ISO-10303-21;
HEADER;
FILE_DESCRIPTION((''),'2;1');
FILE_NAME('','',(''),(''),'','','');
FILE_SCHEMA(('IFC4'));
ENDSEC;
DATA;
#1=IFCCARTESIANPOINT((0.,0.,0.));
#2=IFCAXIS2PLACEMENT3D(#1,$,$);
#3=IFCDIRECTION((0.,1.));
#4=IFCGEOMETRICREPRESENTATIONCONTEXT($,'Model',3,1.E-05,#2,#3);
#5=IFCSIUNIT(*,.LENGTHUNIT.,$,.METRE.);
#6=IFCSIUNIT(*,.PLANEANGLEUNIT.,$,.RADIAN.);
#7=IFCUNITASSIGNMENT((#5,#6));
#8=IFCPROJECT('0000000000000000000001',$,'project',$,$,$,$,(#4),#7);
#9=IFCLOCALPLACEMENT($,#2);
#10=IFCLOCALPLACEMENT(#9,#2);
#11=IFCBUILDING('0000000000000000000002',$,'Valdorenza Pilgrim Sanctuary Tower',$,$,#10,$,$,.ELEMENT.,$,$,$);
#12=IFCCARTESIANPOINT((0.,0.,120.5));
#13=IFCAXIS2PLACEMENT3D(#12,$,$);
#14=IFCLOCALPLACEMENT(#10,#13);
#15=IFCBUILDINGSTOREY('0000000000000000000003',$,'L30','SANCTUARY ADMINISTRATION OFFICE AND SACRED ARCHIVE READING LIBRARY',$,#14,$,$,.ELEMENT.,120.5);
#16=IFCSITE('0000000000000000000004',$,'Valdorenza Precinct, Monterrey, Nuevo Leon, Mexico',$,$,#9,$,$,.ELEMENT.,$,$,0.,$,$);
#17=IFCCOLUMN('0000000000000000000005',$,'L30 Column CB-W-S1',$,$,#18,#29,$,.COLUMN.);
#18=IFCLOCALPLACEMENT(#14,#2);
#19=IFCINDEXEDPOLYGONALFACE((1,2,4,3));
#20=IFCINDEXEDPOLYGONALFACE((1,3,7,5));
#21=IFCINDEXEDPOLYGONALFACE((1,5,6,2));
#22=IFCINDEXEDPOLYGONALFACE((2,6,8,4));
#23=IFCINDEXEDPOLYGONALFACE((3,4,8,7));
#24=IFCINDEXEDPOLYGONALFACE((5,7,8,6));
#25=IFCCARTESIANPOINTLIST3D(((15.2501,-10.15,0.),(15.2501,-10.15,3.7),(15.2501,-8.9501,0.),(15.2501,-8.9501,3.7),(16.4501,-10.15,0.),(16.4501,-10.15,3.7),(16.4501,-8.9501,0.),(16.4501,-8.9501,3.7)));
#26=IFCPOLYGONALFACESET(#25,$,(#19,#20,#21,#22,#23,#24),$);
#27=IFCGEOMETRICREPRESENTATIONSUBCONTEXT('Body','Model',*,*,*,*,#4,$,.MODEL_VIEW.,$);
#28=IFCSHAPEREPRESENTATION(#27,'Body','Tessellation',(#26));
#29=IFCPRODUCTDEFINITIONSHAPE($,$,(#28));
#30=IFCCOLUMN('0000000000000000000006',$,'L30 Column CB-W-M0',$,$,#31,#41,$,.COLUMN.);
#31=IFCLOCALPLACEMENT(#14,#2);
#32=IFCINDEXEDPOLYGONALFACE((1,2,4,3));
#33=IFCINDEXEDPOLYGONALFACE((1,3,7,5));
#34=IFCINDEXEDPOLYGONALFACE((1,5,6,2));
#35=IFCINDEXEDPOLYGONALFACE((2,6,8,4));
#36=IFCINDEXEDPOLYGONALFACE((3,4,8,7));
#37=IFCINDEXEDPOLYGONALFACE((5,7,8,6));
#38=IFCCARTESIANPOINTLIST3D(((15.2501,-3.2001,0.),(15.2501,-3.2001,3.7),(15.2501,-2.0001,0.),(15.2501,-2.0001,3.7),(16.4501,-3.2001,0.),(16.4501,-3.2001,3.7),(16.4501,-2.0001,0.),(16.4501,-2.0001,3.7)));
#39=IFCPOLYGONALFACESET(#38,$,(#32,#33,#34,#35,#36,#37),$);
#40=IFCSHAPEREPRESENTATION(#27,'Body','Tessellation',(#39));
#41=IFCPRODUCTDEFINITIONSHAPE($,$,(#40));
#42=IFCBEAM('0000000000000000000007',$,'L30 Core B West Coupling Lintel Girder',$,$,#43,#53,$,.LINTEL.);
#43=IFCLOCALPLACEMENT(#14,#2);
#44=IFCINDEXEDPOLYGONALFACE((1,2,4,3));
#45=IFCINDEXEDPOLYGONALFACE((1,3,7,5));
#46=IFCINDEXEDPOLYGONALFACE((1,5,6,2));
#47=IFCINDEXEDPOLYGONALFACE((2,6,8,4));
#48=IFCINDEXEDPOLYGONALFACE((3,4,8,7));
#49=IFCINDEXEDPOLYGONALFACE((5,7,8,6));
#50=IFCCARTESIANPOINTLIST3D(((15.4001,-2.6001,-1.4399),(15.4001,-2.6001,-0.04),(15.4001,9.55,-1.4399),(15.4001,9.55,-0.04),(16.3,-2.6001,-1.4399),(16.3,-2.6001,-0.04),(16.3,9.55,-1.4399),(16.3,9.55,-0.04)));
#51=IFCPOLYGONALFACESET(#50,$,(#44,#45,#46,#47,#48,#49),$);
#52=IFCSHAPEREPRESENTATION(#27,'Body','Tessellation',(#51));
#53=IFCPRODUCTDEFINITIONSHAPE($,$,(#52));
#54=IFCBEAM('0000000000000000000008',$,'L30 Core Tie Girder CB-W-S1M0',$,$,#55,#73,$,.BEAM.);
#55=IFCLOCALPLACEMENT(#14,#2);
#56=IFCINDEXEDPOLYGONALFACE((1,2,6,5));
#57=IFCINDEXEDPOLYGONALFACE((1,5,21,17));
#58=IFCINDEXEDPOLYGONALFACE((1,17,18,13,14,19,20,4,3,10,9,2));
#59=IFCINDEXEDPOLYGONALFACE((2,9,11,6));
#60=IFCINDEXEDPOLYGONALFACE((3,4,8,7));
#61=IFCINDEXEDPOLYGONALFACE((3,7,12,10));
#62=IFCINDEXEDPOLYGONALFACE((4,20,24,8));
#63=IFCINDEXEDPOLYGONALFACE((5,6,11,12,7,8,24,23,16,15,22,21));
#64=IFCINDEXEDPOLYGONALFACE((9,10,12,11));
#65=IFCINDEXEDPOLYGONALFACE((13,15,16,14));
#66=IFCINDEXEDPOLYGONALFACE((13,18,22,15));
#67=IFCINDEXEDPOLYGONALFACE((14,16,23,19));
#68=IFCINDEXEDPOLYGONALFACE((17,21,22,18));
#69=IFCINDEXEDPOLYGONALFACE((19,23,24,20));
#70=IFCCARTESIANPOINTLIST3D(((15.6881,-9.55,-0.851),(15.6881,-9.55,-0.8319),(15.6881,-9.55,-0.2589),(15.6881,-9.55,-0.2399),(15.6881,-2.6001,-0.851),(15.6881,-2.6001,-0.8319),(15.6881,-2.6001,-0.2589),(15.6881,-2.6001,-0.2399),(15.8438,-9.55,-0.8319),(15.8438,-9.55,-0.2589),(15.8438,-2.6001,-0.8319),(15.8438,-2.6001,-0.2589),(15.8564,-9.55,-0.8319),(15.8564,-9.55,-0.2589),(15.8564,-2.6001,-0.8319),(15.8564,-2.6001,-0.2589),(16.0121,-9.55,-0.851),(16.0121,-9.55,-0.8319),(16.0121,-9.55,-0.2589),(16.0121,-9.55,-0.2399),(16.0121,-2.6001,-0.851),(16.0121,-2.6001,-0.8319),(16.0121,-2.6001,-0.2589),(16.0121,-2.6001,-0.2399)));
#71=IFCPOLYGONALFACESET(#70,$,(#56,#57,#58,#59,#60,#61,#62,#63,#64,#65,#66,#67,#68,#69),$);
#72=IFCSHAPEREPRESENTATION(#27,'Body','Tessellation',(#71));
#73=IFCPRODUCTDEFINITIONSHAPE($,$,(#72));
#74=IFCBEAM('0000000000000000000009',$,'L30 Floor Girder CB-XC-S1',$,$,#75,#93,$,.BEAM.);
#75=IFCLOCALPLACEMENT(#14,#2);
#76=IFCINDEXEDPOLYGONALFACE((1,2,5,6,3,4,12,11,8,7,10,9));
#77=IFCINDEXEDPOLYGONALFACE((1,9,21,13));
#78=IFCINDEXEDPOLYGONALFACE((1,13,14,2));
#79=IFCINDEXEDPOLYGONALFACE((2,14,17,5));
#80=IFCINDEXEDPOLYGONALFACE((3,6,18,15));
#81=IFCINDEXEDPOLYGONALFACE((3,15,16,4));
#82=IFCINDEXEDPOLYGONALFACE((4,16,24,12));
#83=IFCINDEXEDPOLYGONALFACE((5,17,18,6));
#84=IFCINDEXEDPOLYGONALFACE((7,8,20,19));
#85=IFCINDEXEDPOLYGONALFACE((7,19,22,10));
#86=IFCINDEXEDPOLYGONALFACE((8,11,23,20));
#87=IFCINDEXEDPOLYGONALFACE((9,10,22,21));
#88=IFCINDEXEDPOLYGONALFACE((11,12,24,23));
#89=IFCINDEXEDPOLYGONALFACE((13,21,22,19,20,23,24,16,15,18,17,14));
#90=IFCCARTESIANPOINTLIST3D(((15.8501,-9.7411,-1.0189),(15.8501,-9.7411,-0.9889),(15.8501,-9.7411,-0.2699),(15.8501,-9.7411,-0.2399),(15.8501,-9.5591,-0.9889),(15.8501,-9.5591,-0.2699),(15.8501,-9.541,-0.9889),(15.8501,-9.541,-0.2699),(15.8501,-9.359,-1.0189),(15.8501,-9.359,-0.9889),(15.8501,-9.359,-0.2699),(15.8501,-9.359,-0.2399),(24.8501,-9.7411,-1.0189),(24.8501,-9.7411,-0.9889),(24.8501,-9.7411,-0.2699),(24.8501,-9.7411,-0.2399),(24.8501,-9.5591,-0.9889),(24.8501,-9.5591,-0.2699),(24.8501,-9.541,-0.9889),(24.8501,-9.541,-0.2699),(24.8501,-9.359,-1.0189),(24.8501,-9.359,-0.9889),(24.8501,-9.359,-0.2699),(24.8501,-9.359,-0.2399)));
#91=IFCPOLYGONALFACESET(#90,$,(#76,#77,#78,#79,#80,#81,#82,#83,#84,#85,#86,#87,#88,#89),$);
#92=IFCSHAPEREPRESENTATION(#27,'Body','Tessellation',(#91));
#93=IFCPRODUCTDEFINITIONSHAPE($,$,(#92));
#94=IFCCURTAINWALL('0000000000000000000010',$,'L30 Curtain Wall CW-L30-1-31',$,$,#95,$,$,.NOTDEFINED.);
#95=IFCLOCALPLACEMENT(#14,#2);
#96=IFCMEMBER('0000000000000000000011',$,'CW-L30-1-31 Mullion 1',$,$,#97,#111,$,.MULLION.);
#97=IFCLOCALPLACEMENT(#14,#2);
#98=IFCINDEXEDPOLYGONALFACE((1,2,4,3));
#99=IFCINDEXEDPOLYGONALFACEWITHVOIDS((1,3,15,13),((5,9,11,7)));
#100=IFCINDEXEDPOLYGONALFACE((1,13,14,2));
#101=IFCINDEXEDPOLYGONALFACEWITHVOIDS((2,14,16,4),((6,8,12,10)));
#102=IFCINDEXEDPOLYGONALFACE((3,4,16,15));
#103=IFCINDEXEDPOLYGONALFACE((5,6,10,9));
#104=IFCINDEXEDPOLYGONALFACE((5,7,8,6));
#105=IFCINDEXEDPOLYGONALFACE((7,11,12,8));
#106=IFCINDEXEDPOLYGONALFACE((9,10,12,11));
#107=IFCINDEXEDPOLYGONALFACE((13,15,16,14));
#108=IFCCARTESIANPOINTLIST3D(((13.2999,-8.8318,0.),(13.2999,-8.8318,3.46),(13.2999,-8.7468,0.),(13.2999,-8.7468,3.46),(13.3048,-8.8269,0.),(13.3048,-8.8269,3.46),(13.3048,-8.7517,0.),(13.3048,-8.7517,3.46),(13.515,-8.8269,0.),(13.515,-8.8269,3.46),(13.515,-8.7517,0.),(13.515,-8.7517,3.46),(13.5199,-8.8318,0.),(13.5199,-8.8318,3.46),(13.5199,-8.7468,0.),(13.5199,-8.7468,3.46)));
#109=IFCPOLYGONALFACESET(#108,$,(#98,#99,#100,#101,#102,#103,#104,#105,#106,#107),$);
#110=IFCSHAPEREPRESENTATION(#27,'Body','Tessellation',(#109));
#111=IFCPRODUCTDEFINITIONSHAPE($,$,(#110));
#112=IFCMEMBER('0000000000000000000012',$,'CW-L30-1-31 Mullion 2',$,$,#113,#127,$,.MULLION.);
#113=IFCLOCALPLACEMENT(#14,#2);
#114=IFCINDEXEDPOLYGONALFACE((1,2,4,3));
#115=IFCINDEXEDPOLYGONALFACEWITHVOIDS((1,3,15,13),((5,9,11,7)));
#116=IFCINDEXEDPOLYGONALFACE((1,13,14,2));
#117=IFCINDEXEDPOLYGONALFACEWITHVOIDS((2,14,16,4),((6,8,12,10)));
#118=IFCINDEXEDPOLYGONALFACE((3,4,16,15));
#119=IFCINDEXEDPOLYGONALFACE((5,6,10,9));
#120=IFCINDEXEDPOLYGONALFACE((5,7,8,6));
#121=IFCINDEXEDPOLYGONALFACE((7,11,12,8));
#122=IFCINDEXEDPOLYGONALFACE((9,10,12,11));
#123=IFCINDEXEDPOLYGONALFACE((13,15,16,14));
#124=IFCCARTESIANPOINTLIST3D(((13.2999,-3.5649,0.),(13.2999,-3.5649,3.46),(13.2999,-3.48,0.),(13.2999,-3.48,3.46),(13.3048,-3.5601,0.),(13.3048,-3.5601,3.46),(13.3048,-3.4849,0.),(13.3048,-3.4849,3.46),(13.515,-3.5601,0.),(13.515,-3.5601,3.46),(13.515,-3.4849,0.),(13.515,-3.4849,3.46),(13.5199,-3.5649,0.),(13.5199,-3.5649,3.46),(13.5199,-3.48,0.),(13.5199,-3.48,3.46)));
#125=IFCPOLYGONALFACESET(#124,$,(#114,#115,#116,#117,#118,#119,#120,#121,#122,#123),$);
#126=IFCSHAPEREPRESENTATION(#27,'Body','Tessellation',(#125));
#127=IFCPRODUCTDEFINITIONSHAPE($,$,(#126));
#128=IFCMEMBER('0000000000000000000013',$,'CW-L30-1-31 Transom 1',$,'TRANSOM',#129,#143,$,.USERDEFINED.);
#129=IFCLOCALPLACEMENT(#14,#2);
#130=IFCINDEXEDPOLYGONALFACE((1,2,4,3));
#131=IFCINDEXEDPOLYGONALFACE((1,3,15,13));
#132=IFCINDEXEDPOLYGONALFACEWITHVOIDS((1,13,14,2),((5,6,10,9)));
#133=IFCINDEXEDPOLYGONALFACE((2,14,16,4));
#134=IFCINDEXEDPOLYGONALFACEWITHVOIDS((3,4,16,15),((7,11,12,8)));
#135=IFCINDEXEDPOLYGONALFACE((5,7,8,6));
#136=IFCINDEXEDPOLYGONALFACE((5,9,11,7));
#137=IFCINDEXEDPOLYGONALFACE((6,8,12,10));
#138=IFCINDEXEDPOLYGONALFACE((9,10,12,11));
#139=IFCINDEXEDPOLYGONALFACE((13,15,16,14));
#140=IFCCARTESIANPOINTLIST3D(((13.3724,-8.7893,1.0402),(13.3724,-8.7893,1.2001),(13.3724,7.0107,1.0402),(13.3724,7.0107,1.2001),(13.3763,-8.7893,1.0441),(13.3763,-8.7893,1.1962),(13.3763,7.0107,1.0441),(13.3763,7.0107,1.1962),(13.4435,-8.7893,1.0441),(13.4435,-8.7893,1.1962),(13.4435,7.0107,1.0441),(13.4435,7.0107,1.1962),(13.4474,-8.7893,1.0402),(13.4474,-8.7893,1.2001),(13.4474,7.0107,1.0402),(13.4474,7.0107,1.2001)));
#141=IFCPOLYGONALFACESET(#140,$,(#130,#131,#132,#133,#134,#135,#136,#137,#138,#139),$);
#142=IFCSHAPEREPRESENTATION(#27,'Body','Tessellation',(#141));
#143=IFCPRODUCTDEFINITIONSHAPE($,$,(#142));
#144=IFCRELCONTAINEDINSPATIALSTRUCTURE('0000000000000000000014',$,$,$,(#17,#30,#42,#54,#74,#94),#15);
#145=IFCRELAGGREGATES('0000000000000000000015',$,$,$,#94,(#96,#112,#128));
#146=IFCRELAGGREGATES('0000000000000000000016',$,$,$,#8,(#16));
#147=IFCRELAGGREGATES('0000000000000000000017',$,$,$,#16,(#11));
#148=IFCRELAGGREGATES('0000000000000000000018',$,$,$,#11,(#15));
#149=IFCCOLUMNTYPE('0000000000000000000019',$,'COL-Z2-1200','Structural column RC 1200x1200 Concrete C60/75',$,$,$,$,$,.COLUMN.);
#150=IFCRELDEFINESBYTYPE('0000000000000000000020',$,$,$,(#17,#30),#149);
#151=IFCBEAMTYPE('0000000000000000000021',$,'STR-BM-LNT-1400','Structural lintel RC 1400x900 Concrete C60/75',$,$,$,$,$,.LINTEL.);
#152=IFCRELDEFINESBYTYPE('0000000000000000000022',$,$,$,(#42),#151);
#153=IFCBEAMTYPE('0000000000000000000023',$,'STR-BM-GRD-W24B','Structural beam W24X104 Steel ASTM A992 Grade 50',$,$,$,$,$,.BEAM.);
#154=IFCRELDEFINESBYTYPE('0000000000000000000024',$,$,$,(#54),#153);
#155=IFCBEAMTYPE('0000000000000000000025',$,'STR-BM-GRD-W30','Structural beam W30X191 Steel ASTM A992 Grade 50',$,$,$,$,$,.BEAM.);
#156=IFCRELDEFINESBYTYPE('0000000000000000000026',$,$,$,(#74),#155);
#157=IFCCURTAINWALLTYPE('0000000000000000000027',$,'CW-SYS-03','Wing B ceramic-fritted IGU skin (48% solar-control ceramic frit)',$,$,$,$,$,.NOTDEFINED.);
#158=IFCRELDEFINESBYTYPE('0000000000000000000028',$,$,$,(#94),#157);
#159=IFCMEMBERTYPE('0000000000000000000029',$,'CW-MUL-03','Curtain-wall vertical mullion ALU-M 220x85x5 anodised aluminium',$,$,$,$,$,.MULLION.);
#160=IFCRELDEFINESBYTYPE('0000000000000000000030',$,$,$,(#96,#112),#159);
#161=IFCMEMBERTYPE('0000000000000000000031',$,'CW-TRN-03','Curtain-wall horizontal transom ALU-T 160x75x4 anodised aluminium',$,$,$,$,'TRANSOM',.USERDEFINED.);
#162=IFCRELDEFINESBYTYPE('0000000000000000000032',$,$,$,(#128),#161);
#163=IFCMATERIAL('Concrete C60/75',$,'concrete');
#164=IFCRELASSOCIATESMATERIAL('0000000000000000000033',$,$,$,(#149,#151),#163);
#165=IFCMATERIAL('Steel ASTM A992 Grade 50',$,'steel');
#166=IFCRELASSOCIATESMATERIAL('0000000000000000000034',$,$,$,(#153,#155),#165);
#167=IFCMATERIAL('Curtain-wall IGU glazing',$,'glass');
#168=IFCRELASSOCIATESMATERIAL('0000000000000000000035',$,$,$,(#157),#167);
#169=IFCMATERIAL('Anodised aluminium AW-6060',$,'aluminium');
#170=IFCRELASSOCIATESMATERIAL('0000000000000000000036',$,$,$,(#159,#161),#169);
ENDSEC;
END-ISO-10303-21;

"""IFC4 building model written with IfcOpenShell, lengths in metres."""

from ifc_helpers import new_model, si_unit, direction, frame, origin, origin_2d, place, context, subcontext, project, spatial, rectangle, hollow_rectangle, i_section, extrude, source, transform, mapped, material, material_profile, profile_set, type_object, element, aggregate, save


model = new_model("IFC4")

# Units and contexts
model_context = context("Model", 3, precision=1e-05, world=origin(), true_north=direction((0.0, 1.0)))
body_context = subcontext(model_context, "Body", "Model", "MODEL_VIEW")
ifc_project = project(units=[si_unit("LENGTHUNIT", "METRE"), si_unit("PLANEANGLEUNIT", "RADIAN")], contexts=[model_context])

# Site, building, storey
site_placement = place(None, origin())
site = spatial("IfcSite", under=ifc_project, at=site_placement, Name="Valdorenza Precinct, Monterrey, Nuevo Leon, Mexico", CompositionType="ELEMENT", RefElevation=0.0)
building_placement = place(site_placement, origin())
building = spatial("IfcBuilding", under=site, at=building_placement, Name="Valdorenza Pilgrim Sanctuary Tower", CompositionType="ELEMENT")
storey_placement = place(building_placement, frame((0.0, 0.0, 120.5)))
storey = spatial("IfcBuildingStorey", under=building, at=storey_placement, Name="L30", Description="SANCTUARY ADMINISTRATION OFFICE AND SACRED ARCHIVE READING LIBRARY", CompositionType="ELEMENT", Elevation=120.5)

# Columns
ifc_material_1 = material(Name="Concrete C60/75", Category="concrete")
ifc_material_profile_1 = material_profile(ifc_material_1, rectangle(XDim=1.2, YDim=1.2, at=origin_2d()), Name="RC 1200x1200")
ifc_profile_set_1 = profile_set([ifc_material_profile_1], Name="Concrete C60/75")
column_type = type_object("IfcColumnType", Name="COL-Z2-1200", Description="Structural column RC 1200x1200 Concrete C60/75", PredefinedType="COLUMN", material=ifc_profile_set_1)
shared_shape_1 = source(origin(), body_context, "Body", "SweptSolid", [
    extrude(rectangle(XDim=1.2, YDim=1.2, at=origin_2d()), origin(), (0.0, 0.0, 1.0), 3.7),
])
for number, where, z_axis, x_axis, name in (
    (1, (15.8501, -9.55, 0.0), (0.0, 0.0, 1.0), (1.0, 0.0, 0.0), "L30 Column CB-W-S1"),
    (2, (15.8501, -2.6001, 0.0), (0.0, 0.0, 1.0), (1.0, 0.0, 0.0), "L30 Column CB-W-M0"),
):
    element("IfcColumn", number, at=place(storey_placement, frame(where, z_axis=z_axis, x_axis=x_axis)), inside=storey, type_object=column_type, Name=name, PredefinedType="COLUMN", context=body_context, shape_type="MappedRepresentation", body=[
        mapped(shared_shape_1, transform((0.0, 0.0, 0.0), x_axis=(1.0, 0.0, 0.0), y_axis=(0.0, 1.0, 0.0), z_axis=(0.0, 0.0, 1.0), scale=1.0)),
    ])

# Beams
ifc_material_profile_2 = material_profile(ifc_material_1, rectangle(XDim=0.8999, YDim=1.3999, at=origin_2d()), Name="RC 1400x900")
ifc_profile_set_2 = profile_set([ifc_material_profile_2], Name="Concrete C60/75")
beam_type_1 = type_object("IfcBeamType", Name="STR-BM-LNT-1400", Description="Structural lintel RC 1400x900 Concrete C60/75", PredefinedType="LINTEL", material=ifc_profile_set_2)
shared_shape_2 = source(origin(), body_context, "Body", "SweptSolid", [
    extrude(rectangle(XDim=0.8999, YDim=1.3999, at=origin_2d()), origin(), (0.0, 0.0, 1.0), 12.1501),
])
beam_1_placement = place(storey_placement, frame((15.8501, -2.6001, -0.74), z_axis=(0.0, 1.0, 0.0), x_axis=(-1.0, 0.0, 0.0)))
element("IfcBeam", 3, at=beam_1_placement, inside=storey, type_object=beam_type_1, Name="L30 Core B West Coupling Lintel Girder", PredefinedType="LINTEL", context=body_context, shape_type="MappedRepresentation", body=[
    mapped(shared_shape_2, transform((0.0, 0.0, 0.0), x_axis=(1.0, 0.0, 0.0), y_axis=(0.0, 1.0, 0.0), z_axis=(0.0, 0.0, 1.0), scale=1.0)),
])
ifc_material_2 = material(Name="Steel ASTM A992 Grade 50", Category="steel")
ifc_material_profile_3 = material_profile(ifc_material_2, i_section(OverallWidth=0.324, OverallDepth=0.6111, WebThickness=0.0127, FlangeThickness=0.019, at=origin_2d()), Name="W24X104")
ifc_profile_set_3 = profile_set([ifc_material_profile_3], Name="Steel ASTM A992 Grade 50")
beam_type_2 = type_object("IfcBeamType", Name="STR-BM-GRD-W24B", Description="Structural beam W24X104 Steel ASTM A992 Grade 50", PredefinedType="BEAM", material=ifc_profile_set_3)
shared_shape_3 = source(origin(), body_context, "Body", "SweptSolid", [
    extrude(i_section(OverallWidth=0.324, OverallDepth=0.6111, WebThickness=0.0127, FlangeThickness=0.019, at=origin_2d()), origin(), (0.0, 0.0, 1.0), 6.95),
])
beam_2_placement = place(storey_placement, frame((15.8501, -9.55, -0.5454), z_axis=(0.0, 1.0, 0.0), x_axis=(-1.0, 0.0, 0.0)))
element("IfcBeam", 4, at=beam_2_placement, inside=storey, type_object=beam_type_2, Name="L30 Core Tie Girder CB-W-S1M0", PredefinedType="BEAM", context=body_context, shape_type="MappedRepresentation", body=[
    mapped(shared_shape_3, transform((0.0, 0.0, 0.0), x_axis=(1.0, 0.0, 0.0), y_axis=(0.0, 1.0, 0.0), z_axis=(0.0, 0.0, 1.0), scale=1.0)),
])
ifc_material_profile_4 = material_profile(ifc_material_2, i_section(OverallWidth=0.3821, OverallDepth=0.7791, WebThickness=0.0181, FlangeThickness=0.03, at=origin_2d()), Name="W30X191")
ifc_profile_set_4 = profile_set([ifc_material_profile_4], Name="Steel ASTM A992 Grade 50")
beam_type_3 = type_object("IfcBeamType", Name="STR-BM-GRD-W30", Description="Structural beam W30X191 Steel ASTM A992 Grade 50", PredefinedType="BEAM", material=ifc_profile_set_4)
shared_shape_4 = source(origin(), body_context, "Body", "SweptSolid", [
    extrude(i_section(OverallWidth=0.3821, OverallDepth=0.7791, WebThickness=0.0181, FlangeThickness=0.03, at=origin_2d()), origin(), (0.0, 0.0, 1.0), 9.0),
])
beam_3_placement = place(storey_placement, frame((15.8501, -9.55, -0.6294), z_axis=(1.0, 0.0, 0.0), x_axis=(0.0, 1.0, 0.0)))
element("IfcBeam", 5, at=beam_3_placement, inside=storey, type_object=beam_type_3, Name="L30 Floor Girder CB-XC-S1", PredefinedType="BEAM", context=body_context, shape_type="MappedRepresentation", body=[
    mapped(shared_shape_4, transform((0.0, 0.0, 0.0), x_axis=(1.0, 0.0, 0.0), y_axis=(0.0, 1.0, 0.0), z_axis=(0.0, 0.0, 1.0), scale=1.0)),
])

# Curtain wall, members
ifc_material_3 = material(Name="Curtain-wall IGU glazing", Category="glass")
curtain_wall_type = type_object("IfcCurtainWallType", Name="CW-SYS-03", Description="Wing B ceramic-fritted IGU skin (48% solar-control ceramic frit)", PredefinedType="NOTDEFINED", material=ifc_material_3)
curtain_wall_placement = place(storey_placement, origin())
curtain_wall = element("IfcCurtainWall", 6, at=curtain_wall_placement, inside=storey, type_object=curtain_wall_type, Name="L30 Curtain Wall CW-L30-1-31", PredefinedType="NOTDEFINED")
ifc_material_4 = material(Name="Anodised aluminium AW-6060", Category="aluminium")
ifc_material_profile_5 = material_profile(ifc_material_4, hollow_rectangle(XDim=0.085, YDim=0.22, WallThickness=0.0049, at=origin_2d()), Name="ALU-M 220x85x5")
ifc_profile_set_5 = profile_set([ifc_material_profile_5], Name="Anodised aluminium AW-6060")
member_type_1 = type_object("IfcMemberType", Name="CW-MUL-03", Description="Curtain-wall vertical mullion ALU-M 220x85x5 anodised aluminium", PredefinedType="MULLION", material=ifc_profile_set_5)
shared_shape_5 = source(origin(), body_context, "Body", "SweptSolid", [
    extrude(hollow_rectangle(XDim=0.085, YDim=0.22, WallThickness=0.0049, at=origin_2d()), origin(), (0.0, 0.0, 1.0), 3.46),
])
member_1_placement = place(storey_placement, frame((13.4099, -8.7893, 0.0), z_axis=(0.0, 0.0, 1.0), x_axis=(0.0, 1.0, 0.0)))
member_1 = element("IfcMember", 7, at=member_1_placement, type_object=member_type_1, Name="CW-L30-1-31 Mullion 1", PredefinedType="MULLION", context=body_context, shape_type="MappedRepresentation", body=[
    mapped(shared_shape_5, transform((0.0, 0.0, 0.0), x_axis=(1.0, 0.0, 0.0), y_axis=(0.0, 1.0, 0.0), z_axis=(0.0, 0.0, 1.0), scale=1.0)),
])
member_2_placement = place(storey_placement, frame((13.4099, -3.5225, 0.0), z_axis=(0.0, 0.0, 1.0), x_axis=(0.0, 1.0, 0.0)))
member_2 = element("IfcMember", 8, at=member_2_placement, type_object=member_type_1, Name="CW-L30-1-31 Mullion 2", PredefinedType="MULLION", context=body_context, shape_type="MappedRepresentation", body=[
    mapped(shared_shape_5, transform((0.0, 0.0, 0.0), x_axis=(1.0, 0.0, 0.0), y_axis=(0.0, 1.0, 0.0), z_axis=(0.0, 0.0, 1.0), scale=1.0)),
])
ifc_material_profile_6 = material_profile(ifc_material_4, hollow_rectangle(XDim=0.075, YDim=0.1599, WallThickness=0.0039, at=origin_2d()), Name="ALU-T 160x75x4")
ifc_profile_set_6 = profile_set([ifc_material_profile_6], Name="Anodised aluminium AW-6060")
member_type_2 = type_object("IfcMemberType", Name="CW-TRN-03", Description="Curtain-wall horizontal transom ALU-T 160x75x4 anodised aluminium", ElementType="TRANSOM", PredefinedType="USERDEFINED", material=ifc_profile_set_6)
shared_shape_6 = source(origin(), body_context, "Body", "SweptSolid", [
    extrude(hollow_rectangle(XDim=0.075, YDim=0.1599, WallThickness=0.0039, at=origin_2d()), origin(), (0.0, 0.0, 1.0), 15.8),
])
member_3_placement = place(storey_placement, frame((13.4099, -8.7893, 1.1201), z_axis=(0.0, 1.0, 0.0), x_axis=(-1.0, 0.0, 0.0)))
member_3 = element("IfcMember", 9, at=member_3_placement, type_object=member_type_2, Name="CW-L30-1-31 Transom 1", ObjectType="TRANSOM", PredefinedType="USERDEFINED", context=body_context, shape_type="MappedRepresentation", body=[
    mapped(shared_shape_6, transform((0.0, 0.0, 0.0), x_axis=(1.0, 0.0, 0.0), y_axis=(0.0, 1.0, 0.0), z_axis=(0.0, 0.0, 1.0), scale=1.0)),
])

aggregate(curtain_wall, [member_1, member_2, member_3])

save(model, "model.ifc")
